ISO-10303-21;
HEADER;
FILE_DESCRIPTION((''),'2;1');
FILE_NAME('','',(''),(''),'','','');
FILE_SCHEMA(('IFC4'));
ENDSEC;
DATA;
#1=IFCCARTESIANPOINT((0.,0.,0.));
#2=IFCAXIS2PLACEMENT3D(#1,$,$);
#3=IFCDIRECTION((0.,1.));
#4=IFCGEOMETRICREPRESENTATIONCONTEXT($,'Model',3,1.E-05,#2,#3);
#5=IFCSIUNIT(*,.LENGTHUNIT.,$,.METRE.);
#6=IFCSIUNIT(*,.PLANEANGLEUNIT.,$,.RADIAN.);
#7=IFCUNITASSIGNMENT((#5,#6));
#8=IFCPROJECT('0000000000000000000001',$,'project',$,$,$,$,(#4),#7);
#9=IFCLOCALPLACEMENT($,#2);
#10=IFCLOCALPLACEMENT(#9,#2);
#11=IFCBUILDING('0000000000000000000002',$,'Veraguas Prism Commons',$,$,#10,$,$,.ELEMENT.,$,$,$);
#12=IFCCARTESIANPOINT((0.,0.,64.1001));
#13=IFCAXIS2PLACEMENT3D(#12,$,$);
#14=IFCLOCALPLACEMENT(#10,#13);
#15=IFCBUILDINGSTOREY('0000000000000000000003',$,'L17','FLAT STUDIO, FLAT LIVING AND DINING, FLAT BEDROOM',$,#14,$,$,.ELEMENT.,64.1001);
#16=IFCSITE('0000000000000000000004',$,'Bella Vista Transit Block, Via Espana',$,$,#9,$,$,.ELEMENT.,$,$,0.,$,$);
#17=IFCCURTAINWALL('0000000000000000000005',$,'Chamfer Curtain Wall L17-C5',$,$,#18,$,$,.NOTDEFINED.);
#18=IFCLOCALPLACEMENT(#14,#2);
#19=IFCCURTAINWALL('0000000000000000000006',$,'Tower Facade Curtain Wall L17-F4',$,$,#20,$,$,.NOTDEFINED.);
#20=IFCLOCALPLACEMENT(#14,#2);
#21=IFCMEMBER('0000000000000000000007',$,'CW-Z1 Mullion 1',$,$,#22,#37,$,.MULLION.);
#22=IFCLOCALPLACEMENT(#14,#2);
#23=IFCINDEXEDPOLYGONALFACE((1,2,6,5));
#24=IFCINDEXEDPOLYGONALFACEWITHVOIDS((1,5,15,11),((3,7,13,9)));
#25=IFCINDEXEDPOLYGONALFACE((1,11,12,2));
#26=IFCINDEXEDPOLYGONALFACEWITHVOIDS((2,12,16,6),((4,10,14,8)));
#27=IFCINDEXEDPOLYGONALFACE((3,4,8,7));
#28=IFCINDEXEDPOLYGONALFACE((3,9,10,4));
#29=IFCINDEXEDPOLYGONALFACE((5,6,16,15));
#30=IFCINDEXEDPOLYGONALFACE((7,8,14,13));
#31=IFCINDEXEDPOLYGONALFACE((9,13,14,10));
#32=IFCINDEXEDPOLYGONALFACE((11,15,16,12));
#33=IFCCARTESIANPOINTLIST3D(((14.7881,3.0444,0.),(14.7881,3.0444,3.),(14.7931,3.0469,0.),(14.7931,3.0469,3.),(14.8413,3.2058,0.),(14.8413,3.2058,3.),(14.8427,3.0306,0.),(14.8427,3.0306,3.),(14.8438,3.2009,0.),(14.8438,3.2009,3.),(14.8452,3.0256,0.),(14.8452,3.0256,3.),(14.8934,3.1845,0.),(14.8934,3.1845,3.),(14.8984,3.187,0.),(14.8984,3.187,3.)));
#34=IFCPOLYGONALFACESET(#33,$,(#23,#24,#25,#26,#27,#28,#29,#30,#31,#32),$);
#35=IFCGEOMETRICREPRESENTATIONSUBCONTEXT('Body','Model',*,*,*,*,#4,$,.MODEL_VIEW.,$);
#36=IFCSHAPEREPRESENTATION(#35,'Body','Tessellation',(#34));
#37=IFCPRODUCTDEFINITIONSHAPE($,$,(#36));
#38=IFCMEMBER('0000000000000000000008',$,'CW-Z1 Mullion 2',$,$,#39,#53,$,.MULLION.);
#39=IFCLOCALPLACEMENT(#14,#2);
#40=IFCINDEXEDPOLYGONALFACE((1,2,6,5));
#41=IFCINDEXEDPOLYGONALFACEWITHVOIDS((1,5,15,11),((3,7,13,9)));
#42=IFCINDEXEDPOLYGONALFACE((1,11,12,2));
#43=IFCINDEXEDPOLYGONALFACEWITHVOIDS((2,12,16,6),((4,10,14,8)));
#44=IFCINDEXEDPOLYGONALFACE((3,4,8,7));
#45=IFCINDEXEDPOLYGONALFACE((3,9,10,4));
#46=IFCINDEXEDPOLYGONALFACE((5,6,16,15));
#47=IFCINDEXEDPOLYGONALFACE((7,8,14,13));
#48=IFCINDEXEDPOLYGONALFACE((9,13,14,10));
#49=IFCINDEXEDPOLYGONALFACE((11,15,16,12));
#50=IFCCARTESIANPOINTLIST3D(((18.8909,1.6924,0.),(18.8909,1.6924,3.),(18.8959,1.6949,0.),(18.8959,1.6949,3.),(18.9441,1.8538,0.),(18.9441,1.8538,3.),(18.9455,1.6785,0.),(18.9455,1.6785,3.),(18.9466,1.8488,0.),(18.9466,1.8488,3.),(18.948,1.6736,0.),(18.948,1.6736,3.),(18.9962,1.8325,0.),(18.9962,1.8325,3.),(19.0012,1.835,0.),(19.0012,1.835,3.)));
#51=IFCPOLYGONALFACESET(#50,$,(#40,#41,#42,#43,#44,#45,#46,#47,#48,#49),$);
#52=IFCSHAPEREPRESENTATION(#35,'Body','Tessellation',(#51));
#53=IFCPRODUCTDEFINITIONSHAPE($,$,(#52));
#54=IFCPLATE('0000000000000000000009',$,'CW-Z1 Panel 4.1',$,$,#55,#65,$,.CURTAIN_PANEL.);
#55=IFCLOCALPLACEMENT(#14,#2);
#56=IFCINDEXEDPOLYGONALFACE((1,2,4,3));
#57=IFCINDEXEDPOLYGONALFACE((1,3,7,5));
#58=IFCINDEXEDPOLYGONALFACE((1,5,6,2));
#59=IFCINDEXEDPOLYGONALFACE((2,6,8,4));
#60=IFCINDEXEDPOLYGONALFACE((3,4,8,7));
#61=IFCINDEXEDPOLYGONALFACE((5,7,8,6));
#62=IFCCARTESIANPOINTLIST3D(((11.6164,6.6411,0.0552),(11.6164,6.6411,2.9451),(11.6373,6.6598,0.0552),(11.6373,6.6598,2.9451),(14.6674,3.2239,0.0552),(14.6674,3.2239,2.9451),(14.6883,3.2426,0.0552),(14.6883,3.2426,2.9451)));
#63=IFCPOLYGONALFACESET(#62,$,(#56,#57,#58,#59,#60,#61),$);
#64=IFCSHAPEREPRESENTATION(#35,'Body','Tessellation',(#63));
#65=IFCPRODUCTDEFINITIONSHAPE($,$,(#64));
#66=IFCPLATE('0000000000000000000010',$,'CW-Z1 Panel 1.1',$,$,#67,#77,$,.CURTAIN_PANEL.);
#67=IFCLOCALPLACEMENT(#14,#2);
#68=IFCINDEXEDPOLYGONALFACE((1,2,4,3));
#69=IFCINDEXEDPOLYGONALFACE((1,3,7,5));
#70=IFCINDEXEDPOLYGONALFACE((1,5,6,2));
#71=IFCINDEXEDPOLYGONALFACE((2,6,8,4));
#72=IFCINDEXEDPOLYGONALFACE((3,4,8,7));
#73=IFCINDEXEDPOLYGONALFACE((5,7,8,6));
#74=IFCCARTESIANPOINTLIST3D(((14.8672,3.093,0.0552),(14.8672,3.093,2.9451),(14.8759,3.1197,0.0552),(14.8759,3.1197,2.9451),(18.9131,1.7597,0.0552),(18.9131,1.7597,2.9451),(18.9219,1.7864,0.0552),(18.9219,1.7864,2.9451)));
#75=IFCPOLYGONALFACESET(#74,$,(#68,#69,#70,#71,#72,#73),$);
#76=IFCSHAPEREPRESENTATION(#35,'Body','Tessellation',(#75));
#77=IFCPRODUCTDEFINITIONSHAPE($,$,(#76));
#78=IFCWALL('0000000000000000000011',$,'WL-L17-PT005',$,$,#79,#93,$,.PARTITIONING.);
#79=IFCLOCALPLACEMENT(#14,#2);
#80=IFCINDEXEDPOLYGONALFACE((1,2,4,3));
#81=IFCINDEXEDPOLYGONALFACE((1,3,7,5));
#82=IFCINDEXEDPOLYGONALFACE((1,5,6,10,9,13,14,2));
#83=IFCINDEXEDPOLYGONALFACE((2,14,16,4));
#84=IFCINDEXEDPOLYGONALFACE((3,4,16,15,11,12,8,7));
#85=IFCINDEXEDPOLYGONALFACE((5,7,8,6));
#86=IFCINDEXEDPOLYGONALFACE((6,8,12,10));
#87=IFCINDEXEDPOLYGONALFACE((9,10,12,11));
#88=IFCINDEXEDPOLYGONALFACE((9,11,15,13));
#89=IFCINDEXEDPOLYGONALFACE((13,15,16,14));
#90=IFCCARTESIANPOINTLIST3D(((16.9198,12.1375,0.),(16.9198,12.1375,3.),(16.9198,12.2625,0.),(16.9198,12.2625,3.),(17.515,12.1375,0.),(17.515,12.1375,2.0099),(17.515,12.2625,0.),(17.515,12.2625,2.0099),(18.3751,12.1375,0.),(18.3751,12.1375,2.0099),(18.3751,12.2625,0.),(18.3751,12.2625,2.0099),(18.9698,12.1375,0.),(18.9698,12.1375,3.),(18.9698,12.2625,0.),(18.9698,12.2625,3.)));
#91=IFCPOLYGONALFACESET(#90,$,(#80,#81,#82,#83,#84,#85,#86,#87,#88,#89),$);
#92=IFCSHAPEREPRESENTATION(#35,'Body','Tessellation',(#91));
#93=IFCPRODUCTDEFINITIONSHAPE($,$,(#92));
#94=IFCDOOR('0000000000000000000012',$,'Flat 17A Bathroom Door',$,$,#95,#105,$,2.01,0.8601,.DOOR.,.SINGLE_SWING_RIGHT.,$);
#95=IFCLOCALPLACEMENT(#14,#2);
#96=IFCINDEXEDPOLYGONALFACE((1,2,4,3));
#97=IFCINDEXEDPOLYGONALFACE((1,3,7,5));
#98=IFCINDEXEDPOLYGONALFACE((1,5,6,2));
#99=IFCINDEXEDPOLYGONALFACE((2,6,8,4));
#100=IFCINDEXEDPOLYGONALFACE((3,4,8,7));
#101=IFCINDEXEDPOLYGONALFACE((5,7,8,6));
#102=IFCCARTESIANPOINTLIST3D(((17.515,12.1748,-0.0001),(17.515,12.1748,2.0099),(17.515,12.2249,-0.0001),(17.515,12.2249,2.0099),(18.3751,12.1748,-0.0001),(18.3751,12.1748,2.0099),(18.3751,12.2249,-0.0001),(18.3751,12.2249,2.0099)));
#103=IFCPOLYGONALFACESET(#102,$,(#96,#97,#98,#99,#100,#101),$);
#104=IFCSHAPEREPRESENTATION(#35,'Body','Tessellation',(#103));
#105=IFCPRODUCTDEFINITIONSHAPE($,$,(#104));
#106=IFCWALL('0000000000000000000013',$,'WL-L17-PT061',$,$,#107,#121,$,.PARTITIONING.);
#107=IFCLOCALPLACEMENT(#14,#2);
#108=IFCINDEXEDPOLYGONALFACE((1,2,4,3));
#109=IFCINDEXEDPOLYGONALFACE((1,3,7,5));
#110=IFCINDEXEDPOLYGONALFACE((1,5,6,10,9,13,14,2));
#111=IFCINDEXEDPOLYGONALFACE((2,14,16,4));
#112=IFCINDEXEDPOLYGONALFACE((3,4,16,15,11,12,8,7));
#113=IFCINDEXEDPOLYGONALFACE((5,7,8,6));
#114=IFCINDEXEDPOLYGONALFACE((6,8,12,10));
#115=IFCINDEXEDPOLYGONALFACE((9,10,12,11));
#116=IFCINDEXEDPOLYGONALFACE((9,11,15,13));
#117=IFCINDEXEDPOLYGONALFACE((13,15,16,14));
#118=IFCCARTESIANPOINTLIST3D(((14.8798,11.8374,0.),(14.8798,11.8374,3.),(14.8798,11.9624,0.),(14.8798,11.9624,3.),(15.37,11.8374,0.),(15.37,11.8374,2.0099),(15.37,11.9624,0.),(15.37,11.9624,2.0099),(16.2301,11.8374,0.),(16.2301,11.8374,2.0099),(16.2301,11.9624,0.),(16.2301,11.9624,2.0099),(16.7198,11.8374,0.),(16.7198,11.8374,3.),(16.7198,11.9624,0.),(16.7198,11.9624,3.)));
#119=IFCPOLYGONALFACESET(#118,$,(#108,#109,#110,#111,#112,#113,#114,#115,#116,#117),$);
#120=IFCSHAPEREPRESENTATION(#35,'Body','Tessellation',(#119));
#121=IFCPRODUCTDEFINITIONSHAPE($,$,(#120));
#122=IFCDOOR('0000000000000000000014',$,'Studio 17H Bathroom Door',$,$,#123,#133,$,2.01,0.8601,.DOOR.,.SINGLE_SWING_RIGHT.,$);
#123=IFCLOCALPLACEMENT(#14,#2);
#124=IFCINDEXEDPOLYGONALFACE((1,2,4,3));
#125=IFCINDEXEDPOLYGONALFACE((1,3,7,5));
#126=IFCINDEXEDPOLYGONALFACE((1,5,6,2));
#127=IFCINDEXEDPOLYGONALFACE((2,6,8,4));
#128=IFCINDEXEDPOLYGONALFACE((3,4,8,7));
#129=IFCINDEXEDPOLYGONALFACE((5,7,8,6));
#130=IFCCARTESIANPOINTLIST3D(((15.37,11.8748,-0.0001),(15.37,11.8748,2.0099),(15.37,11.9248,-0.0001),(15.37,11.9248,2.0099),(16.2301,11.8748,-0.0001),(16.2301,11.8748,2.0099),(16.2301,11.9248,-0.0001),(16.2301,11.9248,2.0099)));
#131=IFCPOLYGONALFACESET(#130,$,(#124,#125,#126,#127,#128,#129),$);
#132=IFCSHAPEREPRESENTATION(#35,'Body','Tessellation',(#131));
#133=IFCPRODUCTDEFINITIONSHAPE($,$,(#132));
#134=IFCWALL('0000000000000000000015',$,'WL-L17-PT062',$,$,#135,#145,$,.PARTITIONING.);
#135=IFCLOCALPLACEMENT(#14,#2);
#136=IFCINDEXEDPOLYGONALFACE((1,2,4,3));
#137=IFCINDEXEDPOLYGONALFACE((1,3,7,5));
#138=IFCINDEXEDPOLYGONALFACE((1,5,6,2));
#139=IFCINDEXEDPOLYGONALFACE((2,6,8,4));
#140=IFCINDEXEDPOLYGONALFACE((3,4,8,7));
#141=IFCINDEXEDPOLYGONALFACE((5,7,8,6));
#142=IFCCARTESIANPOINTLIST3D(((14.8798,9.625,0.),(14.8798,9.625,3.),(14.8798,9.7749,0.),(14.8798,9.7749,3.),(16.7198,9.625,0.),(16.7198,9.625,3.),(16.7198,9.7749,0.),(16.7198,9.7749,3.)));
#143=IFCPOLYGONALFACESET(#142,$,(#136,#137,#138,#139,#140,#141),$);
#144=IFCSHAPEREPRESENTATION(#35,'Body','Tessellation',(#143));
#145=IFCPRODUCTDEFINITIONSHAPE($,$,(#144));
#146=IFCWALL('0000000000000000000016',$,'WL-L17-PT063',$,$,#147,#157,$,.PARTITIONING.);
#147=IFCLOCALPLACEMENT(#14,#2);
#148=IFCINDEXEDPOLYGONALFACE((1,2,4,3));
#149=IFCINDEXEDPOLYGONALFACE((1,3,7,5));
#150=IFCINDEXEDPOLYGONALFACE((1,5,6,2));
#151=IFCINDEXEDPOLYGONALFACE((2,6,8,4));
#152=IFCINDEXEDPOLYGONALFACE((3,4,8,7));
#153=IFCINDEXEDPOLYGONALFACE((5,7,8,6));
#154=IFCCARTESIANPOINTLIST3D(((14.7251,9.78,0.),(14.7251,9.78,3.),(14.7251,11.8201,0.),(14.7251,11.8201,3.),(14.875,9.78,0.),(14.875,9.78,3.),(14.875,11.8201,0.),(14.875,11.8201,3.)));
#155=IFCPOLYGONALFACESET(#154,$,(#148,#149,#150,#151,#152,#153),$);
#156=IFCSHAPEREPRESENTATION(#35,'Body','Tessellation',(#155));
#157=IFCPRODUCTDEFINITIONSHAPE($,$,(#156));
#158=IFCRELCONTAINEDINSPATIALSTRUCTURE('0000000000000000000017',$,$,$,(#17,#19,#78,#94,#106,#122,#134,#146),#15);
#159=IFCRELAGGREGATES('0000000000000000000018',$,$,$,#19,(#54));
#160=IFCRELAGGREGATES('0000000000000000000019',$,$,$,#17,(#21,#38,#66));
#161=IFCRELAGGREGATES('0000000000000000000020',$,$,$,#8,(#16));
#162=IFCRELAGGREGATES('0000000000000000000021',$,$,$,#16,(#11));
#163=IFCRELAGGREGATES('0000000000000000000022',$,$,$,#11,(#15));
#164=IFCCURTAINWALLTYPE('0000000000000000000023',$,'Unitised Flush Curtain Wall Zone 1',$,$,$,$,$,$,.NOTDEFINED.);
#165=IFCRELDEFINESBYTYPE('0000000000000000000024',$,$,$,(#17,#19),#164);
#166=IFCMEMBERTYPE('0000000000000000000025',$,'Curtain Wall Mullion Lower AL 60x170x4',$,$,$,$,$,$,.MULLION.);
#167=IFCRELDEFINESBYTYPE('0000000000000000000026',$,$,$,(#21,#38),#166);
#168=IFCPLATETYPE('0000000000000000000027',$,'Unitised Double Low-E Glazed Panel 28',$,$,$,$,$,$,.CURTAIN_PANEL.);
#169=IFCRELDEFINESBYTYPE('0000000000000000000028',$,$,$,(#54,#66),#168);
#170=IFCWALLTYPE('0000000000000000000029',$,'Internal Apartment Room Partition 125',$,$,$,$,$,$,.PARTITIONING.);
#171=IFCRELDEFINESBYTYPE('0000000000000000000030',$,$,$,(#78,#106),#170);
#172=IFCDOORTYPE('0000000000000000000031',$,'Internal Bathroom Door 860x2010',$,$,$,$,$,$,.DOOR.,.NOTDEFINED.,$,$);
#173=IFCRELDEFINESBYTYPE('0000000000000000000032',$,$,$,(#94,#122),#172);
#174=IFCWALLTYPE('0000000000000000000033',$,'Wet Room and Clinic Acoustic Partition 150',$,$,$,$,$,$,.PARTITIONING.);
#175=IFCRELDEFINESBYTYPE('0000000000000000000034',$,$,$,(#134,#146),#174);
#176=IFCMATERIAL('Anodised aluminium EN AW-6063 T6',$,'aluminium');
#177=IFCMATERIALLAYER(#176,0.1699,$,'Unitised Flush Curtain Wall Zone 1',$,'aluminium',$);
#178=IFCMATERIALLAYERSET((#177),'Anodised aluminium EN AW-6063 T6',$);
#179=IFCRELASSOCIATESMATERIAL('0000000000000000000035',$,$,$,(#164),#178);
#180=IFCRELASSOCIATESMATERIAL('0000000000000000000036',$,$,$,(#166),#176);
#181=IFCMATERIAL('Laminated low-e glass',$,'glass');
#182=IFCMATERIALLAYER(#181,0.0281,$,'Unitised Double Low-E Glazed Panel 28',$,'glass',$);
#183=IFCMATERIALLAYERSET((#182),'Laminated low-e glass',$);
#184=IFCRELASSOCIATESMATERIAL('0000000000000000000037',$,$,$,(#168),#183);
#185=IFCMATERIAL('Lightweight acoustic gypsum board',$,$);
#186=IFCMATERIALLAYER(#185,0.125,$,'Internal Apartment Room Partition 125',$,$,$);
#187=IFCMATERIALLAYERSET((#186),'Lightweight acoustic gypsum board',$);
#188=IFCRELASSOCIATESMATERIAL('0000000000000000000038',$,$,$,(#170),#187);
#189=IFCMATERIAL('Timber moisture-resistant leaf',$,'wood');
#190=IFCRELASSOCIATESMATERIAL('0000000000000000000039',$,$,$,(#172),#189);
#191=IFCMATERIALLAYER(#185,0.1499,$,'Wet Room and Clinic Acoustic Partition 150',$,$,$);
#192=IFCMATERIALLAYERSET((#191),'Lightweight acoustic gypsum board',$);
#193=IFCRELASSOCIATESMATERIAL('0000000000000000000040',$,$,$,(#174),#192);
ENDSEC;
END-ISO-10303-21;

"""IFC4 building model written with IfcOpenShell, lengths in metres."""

from ifc_helpers import new_model, si_unit, direction, frame, frame_2d, origin, origin_2d, place, context, subcontext, project, spatial, rectangle, hollow_rectangle, extrude, source, transform, mapped, material, layer, layer_set, material_profile, profile_set, type_object, element, fill, aggregate, save


model = new_model("IFC4")

# Units and contexts
model_context = context("Model", 3, precision=1e-05, world=origin(), true_north=direction((0.0, 1.0)))
body_context = subcontext(model_context, "Body", "Model", "MODEL_VIEW")
ifc_project = project(units=[si_unit("LENGTHUNIT", "METRE"), si_unit("PLANEANGLEUNIT", "RADIAN")], contexts=[model_context])

# Site, building, storey
site_placement = place(None, origin())
site = spatial("IfcSite", under=ifc_project, at=site_placement, Name="Bella Vista Transit Block, Via Espana", CompositionType="ELEMENT", RefElevation=0.0)
building_placement = place(site_placement, origin())
building = spatial("IfcBuilding", under=site, at=building_placement, Name="Veraguas Prism Commons", CompositionType="ELEMENT")
storey_placement = place(building_placement, frame((0.0, 0.0, 64.1001)))
storey = spatial("IfcBuildingStorey", under=building, at=storey_placement, Name="L17", Description="FLAT STUDIO, FLAT LIVING AND DINING, FLAT BEDROOM", CompositionType="ELEMENT", Elevation=64.1001)

# Curtain wall
ifc_material_1 = material(Name="Anodised aluminium EN AW-6063 T6", Category="aluminium")
ifc_layer_1 = layer(ifc_material_1, 0.1699, Name="Unitised Flush Curtain Wall Zone 1", Category="aluminium")
ifc_layer_set_1 = layer_set([ifc_layer_1], Name="Anodised aluminium EN AW-6063 T6")
curtain_wall_type = type_object("IfcCurtainWallType", Name="Unitised Flush Curtain Wall Zone 1", PredefinedType="NOTDEFINED", material=ifc_layer_set_1)
curtain_wall_1_placement = place(storey_placement, origin())
curtain_wall_1 = element("IfcCurtainWall", 1, at=curtain_wall_1_placement, inside=storey, type_object=curtain_wall_type, Name="Chamfer Curtain Wall L17-C5", PredefinedType="NOTDEFINED")

# Curtain wall
curtain_wall_2_placement = place(storey_placement, origin())
curtain_wall_2 = element("IfcCurtainWall", 2, at=curtain_wall_2_placement, inside=storey, type_object=curtain_wall_type, Name="Tower Facade Curtain Wall L17-F4", PredefinedType="NOTDEFINED")
ifc_material_profile_1 = material_profile(ifc_material_1, hollow_rectangle(XDim=0.0601, YDim=0.1699, WallThickness=0.0039, at=origin_2d()), Name="AL60X170X4")
ifc_profile_set_1 = profile_set([ifc_material_profile_1], Name="Anodised aluminium EN AW-6063 T6")
member_type_1 = type_object("IfcMemberType", Name="Curtain Wall Mullion Lower AL 60x170x4", PredefinedType="MULLION", material=ifc_profile_set_1)
shared_shape_1 = source(origin(), body_context, "Body", "SweptSolid", [
    extrude(hollow_rectangle(XDim=0.0601, YDim=0.1699, WallThickness=0.0039, at=origin_2d()), origin(), (0.0, 0.0, 1.0), 3.0),
])

# Members
member_1_placement = place(storey_placement, frame((14.8433, 3.1157, 0.0), z_axis=(0.0, 0.0, 1.0), x_axis=(0.949755, -0.312993, 0.0)))
member_1 = element("IfcMember", 3, at=member_1_placement, type_object=member_type_1, Name="CW-Z1 Mullion 1", PredefinedType="MULLION", context=body_context, shape_type="MappedRepresentation", body=[
    mapped(shared_shape_1, transform((0.0, 0.0, 0.0), scale=1.0)),
])
member_2_placement = place(storey_placement, frame((18.946, 1.7637, 0.0), z_axis=(0.0, 0.0, 1.0), x_axis=(0.949755, -0.312993, 0.0)))
member_2 = element("IfcMember", 4, at=member_2_placement, type_object=member_type_1, Name="CW-Z1 Mullion 2", PredefinedType="MULLION", context=body_context, shape_type="MappedRepresentation", body=[
    mapped(shared_shape_1, transform((0.0, 0.0, 0.0), scale=1.0)),
])

# Plates
ifc_material_2 = material(Name="Laminated low-e glass", Category="glass")
ifc_layer_2 = layer(ifc_material_2, 0.0281, Name="Unitised Double Low-E Glazed Panel 28", Category="glass")
ifc_layer_set_2 = layer_set([ifc_layer_2], Name="Laminated low-e glass")
plate_type = type_object("IfcPlateType", Name="Unitised Double Low-E Glazed Panel 28", PredefinedType="CURTAIN_PANEL", material=ifc_layer_set_2)
shared_shape_2 = source(origin(), body_context, "Body", "SweptSolid", [
    extrude(rectangle(XDim=4.5811, YDim=0.0281, at=origin_2d()), origin(), (0.0, 0.0, 1.0), 2.8899),
])
plate_1_placement = place(storey_placement, frame((13.1523, 4.9419, 0.0552), z_axis=(0.0, 0.0, 1.0), x_axis=(0.666012, -0.745941, 0.0)))
plate_1 = element("IfcPlate", 5, at=plate_1_placement, type_object=plate_type, Name="CW-Z1 Panel 4.1", PredefinedType="CURTAIN_PANEL", context=body_context, shape_type="MappedRepresentation", body=[
    mapped(shared_shape_2, transform((0.0, 0.0, 0.0), scale=1.0)),
])
aggregate(curtain_wall_2, [plate_1])
shared_shape_3 = source(origin(), body_context, "Body", "SweptSolid", [
    extrude(rectangle(XDim=4.26, YDim=0.0281, at=origin_2d()), origin(), (0.0, 0.0, 1.0), 2.8899),
])
plate_2_placement = place(storey_placement, frame((16.8945, 2.4397, 0.0552), z_axis=(0.0, 0.0, 1.0), x_axis=(0.949755, -0.312993, 0.0)))
plate_2 = element("IfcPlate", 6, at=plate_2_placement, type_object=plate_type, Name="CW-Z1 Panel 1.1", PredefinedType="CURTAIN_PANEL", context=body_context, shape_type="MappedRepresentation", body=[
    mapped(shared_shape_3, transform((0.0, 0.0, 0.0), scale=1.0)),
])
aggregate(curtain_wall_1, [member_1, member_2, plate_2])

# Walls, openings, doors
ifc_material_3 = material(Name="Lightweight acoustic gypsum board")
ifc_layer_3 = layer(ifc_material_3, 0.125, Name="Internal Apartment Room Partition 125")
ifc_layer_set_3 = layer_set([ifc_layer_3], Name="Lightweight acoustic gypsum board")
wall_type_1 = type_object("IfcWallType", Name="Internal Apartment Room Partition 125", PredefinedType="PARTITIONING", material=ifc_layer_set_3)
wall_1_placement = place(storey_placement, frame((16.9199, 12.2, 0.0), z_axis=(0.0, 0.0, 1.0), x_axis=(1.0, 0.0, 0.0)))
wall_1 = element("IfcWall", 7, at=wall_1_placement, inside=storey, type_object=wall_type_1, Name="WL-L17-PT005", PredefinedType="PARTITIONING", context=body_context, shape_type="SweptSolid", body=[
    extrude(rectangle(XDim=2.05, YDim=0.125, at=frame_2d((1.0249, 0.0))), origin(), (0.0, 0.0, 1.0), 3.0),
])
opening_1_placement = place(wall_1_placement, frame((0.595, 0.0, 0.0)))
opening_1 = element("IfcOpeningElement", 8, at=opening_1_placement, cuts=wall_1, PredefinedType="OPENING", context=body_context, shape_type="SweptSolid", body=[
    extrude(rectangle(XDim=0.8601, YDim=2.01, at=frame_2d((0.4302, 1.0049))), frame((0.0, 0.0725, 0.0), z_axis=(0.0, -1.0, 0.0), x_axis=(1.0, 0.0, 0.0)), (0.0, 0.0, 1.0), 0.145),
])
ifc_material_4 = material(Name="Timber moisture-resistant leaf", Category="wood")
door_type = type_object("IfcDoorType", Name="Internal Bathroom Door 860x2010", OperationType="NOTDEFINED", PredefinedType="DOOR", material=ifc_material_4)
shared_shape_4 = source(origin(), body_context, "Body", "SweptSolid", [
    extrude(rectangle(XDim=0.8601, YDim=2.01, at=frame_2d((0.4302, 1.0049))), frame((0.0, 0.0249, 0.0), z_axis=(0.0, -1.0, 0.0), x_axis=(1.0, 0.0, 0.0)), (0.0, 0.0, 1.0), 0.05),
])
door_1_placement = place(opening_1_placement, origin())
door_1 = element("IfcDoor", 9, at=door_1_placement, inside=storey, type_object=door_type, Name="Flat 17A Bathroom Door", OperationType="SINGLE_SWING_RIGHT", OverallHeight=2.01, OverallWidth=0.8601, PredefinedType="DOOR", context=body_context, shape_type="MappedRepresentation", body=[
    mapped(shared_shape_4, transform((0.0, 0.0, 0.0), scale=1.0)),
])
fill(opening_1, door_1)
wall_2_placement = place(storey_placement, frame((14.8799, 11.8999, 0.0), z_axis=(0.0, 0.0, 1.0), x_axis=(1.0, 0.0, 0.0)))
wall_2 = element("IfcWall", 10, at=wall_2_placement, inside=storey, type_object=wall_type_1, Name="WL-L17-PT061", PredefinedType="PARTITIONING", context=body_context, shape_type="SweptSolid", body=[
    extrude(rectangle(XDim=1.8401, YDim=0.125, at=frame_2d((0.9199, 0.0))), origin(), (0.0, 0.0, 1.0), 3.0),
])
opening_2_placement = place(wall_2_placement, frame((0.49, 0.0, 0.0)))
opening_2 = element("IfcOpeningElement", 11, at=opening_2_placement, cuts=wall_2, PredefinedType="OPENING", context=body_context, shape_type="SweptSolid", body=[
    extrude(rectangle(XDim=0.8601, YDim=2.01, at=frame_2d((0.4302, 1.0049))), frame((0.0, 0.0725, 0.0), z_axis=(0.0, -1.0, 0.0), x_axis=(1.0, 0.0, 0.0)), (0.0, 0.0, 1.0), 0.145),
])
door_2_placement = place(opening_2_placement, origin())
door_2 = element("IfcDoor", 12, at=door_2_placement, inside=storey, type_object=door_type, Name="Studio 17H Bathroom Door", OperationType="SINGLE_SWING_RIGHT", OverallHeight=2.01, OverallWidth=0.8601, PredefinedType="DOOR", context=body_context, shape_type="MappedRepresentation", body=[
    mapped(shared_shape_4, transform((0.0, 0.0, 0.0), scale=1.0)),
])
fill(opening_2, door_2)

# Walls
ifc_layer_4 = layer(ifc_material_3, 0.1499, Name="Wet Room and Clinic Acoustic Partition 150")
ifc_layer_set_4 = layer_set([ifc_layer_4], Name="Lightweight acoustic gypsum board")
wall_type_2 = type_object("IfcWallType", Name="Wet Room and Clinic Acoustic Partition 150", PredefinedType="PARTITIONING", material=ifc_layer_set_4)
wall_3_placement = place(storey_placement, frame((14.8799, 9.7, 0.0), z_axis=(0.0, 0.0, 1.0), x_axis=(1.0, 0.0, 0.0)))
element("IfcWall", 13, at=wall_3_placement, inside=storey, type_object=wall_type_2, Name="WL-L17-PT062", PredefinedType="PARTITIONING", context=body_context, shape_type="SweptSolid", body=[
    extrude(rectangle(XDim=1.8401, YDim=0.1499, at=frame_2d((0.9199, 0.0))), origin(), (0.0, 0.0, 1.0), 3.0),
])
wall_4_placement = place(storey_placement, frame((14.8, 9.78, 0.0), z_axis=(0.0, 0.0, 1.0), x_axis=(0.0, 1.0, 0.0)))
element("IfcWall", 14, at=wall_4_placement, inside=storey, type_object=wall_type_2, Name="WL-L17-PT063", PredefinedType="PARTITIONING", context=body_context, shape_type="SweptSolid", body=[
    extrude(rectangle(XDim=2.04, YDim=0.1499, at=frame_2d((1.02, 0.0))), origin(), (0.0, 0.0, 1.0), 3.0),
])

save(model, "model.ifc")
